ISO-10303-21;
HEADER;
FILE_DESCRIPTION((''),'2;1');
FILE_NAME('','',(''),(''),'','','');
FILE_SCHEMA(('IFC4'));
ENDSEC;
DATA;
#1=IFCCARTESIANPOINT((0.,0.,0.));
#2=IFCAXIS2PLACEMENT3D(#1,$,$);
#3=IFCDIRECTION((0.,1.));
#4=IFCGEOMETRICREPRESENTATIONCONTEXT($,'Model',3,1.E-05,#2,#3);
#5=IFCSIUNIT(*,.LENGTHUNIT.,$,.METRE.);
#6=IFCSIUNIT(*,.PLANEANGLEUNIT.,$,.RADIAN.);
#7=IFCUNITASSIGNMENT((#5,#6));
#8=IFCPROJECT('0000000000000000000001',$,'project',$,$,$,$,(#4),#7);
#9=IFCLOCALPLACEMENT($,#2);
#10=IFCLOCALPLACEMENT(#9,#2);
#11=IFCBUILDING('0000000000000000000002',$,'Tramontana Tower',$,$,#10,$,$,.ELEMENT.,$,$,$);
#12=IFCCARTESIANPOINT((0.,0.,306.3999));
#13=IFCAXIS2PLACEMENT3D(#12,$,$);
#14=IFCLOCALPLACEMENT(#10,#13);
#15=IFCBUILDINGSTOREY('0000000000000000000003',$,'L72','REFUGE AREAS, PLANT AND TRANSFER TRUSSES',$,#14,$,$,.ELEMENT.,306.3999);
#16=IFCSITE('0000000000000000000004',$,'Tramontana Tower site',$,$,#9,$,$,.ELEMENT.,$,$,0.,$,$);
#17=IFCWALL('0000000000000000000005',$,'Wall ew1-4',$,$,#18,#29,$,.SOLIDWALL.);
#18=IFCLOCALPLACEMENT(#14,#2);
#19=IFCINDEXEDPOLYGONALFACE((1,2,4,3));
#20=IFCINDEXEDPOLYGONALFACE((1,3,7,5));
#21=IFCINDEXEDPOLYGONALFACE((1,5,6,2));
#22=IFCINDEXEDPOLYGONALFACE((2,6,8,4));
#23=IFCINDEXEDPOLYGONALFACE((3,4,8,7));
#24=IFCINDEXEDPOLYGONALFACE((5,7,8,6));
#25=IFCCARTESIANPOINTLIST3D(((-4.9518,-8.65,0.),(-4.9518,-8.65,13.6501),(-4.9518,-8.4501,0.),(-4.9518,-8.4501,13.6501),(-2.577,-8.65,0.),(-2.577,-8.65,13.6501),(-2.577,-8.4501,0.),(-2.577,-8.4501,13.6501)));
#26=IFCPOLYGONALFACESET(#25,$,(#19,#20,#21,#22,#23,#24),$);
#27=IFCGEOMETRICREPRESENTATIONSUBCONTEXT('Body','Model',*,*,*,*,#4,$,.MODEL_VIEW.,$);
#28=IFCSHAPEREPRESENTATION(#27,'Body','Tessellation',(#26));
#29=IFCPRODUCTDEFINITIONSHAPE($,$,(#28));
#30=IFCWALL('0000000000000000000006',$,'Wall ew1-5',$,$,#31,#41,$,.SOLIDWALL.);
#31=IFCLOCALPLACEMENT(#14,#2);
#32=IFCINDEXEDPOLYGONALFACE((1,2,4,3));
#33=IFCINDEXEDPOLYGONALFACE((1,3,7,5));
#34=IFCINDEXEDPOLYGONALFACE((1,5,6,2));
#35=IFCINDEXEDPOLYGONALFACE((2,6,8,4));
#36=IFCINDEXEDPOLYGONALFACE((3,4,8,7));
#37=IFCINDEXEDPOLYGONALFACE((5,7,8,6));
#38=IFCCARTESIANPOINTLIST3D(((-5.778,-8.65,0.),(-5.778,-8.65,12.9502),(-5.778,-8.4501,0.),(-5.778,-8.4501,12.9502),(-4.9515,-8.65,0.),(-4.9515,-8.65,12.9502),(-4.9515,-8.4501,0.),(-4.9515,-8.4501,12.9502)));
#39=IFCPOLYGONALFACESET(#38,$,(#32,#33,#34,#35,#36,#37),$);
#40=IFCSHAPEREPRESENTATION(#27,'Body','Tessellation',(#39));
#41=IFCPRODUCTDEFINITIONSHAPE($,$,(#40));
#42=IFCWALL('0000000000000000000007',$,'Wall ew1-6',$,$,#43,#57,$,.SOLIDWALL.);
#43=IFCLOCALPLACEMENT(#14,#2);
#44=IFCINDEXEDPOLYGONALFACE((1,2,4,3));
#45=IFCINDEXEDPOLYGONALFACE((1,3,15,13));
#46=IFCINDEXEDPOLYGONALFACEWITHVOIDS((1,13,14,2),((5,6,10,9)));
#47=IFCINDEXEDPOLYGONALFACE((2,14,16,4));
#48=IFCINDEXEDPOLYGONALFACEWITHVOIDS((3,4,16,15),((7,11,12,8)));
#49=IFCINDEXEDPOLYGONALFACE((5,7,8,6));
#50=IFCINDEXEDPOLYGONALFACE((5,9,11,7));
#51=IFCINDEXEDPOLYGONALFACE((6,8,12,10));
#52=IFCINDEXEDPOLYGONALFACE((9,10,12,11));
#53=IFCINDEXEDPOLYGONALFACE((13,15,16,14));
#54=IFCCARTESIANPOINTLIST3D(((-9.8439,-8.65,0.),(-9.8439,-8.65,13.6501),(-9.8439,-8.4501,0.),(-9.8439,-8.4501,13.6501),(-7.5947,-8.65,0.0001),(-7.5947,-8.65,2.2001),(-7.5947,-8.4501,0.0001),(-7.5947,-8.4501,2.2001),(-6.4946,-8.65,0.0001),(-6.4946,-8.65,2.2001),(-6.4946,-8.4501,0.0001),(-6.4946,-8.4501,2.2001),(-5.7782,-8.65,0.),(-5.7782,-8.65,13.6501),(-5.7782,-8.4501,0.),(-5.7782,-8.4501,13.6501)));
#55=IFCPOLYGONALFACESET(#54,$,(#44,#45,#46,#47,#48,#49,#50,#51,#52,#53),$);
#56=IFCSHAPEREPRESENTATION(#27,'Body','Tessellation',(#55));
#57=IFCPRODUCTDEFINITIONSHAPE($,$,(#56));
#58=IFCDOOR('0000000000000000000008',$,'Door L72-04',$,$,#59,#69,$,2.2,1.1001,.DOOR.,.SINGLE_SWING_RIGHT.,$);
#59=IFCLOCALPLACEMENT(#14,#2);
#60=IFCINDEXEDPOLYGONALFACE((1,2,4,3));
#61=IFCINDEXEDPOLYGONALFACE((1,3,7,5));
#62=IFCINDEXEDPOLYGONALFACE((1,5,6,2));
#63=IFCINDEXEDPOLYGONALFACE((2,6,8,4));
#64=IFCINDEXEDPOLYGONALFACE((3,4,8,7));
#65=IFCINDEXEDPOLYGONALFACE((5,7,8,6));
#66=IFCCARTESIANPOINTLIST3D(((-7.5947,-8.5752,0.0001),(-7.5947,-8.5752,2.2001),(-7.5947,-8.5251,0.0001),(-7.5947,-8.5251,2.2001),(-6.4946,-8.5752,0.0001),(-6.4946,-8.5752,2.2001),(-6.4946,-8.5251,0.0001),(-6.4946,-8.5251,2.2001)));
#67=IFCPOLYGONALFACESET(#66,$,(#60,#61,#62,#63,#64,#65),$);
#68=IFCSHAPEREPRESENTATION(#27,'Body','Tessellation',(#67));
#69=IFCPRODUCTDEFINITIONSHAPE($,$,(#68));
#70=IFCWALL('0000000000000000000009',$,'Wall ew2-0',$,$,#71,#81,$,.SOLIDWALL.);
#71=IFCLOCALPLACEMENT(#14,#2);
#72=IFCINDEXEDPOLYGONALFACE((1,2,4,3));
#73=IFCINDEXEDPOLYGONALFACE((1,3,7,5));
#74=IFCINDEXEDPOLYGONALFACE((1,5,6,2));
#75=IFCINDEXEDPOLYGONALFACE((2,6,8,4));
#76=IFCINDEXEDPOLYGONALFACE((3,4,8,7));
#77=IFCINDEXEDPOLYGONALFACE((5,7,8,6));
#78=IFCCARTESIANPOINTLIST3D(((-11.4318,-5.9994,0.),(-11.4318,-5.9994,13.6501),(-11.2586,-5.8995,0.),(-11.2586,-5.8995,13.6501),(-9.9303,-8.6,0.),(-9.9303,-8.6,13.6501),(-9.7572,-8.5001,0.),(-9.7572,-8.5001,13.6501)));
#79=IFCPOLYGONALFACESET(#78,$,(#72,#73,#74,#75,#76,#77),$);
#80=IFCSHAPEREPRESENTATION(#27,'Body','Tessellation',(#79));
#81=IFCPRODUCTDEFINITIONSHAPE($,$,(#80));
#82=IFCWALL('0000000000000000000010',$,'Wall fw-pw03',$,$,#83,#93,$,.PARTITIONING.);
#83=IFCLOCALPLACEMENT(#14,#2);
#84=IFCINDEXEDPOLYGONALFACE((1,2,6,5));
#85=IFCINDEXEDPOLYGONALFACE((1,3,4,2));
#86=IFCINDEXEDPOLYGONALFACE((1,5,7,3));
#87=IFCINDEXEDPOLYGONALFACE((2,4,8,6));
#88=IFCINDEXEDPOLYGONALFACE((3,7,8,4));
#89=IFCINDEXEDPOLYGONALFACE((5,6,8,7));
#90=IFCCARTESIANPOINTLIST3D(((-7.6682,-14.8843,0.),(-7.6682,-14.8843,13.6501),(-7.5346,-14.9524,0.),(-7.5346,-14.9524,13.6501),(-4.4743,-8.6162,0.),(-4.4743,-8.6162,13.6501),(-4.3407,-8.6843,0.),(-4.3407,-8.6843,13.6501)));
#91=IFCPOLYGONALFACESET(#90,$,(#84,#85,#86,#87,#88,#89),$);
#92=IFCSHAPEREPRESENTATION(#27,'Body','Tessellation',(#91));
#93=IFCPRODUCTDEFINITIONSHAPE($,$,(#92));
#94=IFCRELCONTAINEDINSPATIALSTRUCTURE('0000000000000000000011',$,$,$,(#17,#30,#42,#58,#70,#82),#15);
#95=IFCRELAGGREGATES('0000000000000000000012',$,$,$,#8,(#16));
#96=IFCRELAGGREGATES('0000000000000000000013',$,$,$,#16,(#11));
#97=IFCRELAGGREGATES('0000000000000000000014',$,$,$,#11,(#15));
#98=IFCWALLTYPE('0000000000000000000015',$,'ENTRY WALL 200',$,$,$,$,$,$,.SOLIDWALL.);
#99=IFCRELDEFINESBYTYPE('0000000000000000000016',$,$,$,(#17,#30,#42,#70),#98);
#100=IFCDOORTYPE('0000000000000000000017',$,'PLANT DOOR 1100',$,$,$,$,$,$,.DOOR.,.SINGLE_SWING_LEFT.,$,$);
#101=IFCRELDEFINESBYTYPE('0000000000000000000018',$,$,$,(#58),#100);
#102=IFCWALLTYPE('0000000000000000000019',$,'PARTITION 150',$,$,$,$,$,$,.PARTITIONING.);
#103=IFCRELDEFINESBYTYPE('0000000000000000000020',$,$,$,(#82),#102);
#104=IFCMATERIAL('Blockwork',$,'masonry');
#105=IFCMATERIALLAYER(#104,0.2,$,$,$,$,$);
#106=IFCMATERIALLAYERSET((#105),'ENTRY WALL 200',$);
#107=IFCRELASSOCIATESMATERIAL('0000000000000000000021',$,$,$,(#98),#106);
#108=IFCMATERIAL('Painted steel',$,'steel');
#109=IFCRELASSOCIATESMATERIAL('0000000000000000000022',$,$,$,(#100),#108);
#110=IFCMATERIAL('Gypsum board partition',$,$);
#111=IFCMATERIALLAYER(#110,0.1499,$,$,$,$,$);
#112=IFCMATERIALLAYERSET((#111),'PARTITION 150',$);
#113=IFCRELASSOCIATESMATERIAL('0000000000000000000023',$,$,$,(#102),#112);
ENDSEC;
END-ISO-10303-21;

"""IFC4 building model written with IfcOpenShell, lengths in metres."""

from ifc_helpers import new_model, si_unit, direction, frame, frame_2d, origin, place, context, subcontext, project, spatial, rectangle, extrude, material, layer, layer_set, type_object, element, fill, save


model = new_model("IFC4")

# Units and contexts
model_context = context("Model", 3, precision=1e-05, world=origin(), true_north=direction((0.0, 1.0)))
body_context = subcontext(model_context, "Body", "Model", "MODEL_VIEW")
ifc_project = project(units=[si_unit("LENGTHUNIT", "METRE"), si_unit("PLANEANGLEUNIT", "RADIAN")], contexts=[model_context])

# Site, building, storey
site_placement = place(None, origin())
site = spatial("IfcSite", under=ifc_project, at=site_placement, Name="Tramontana Tower site", CompositionType="ELEMENT", RefElevation=0.0)
building_placement = place(site_placement, origin())
building = spatial("IfcBuilding", under=site, at=building_placement, Name="Tramontana Tower", CompositionType="ELEMENT")
storey_placement = place(building_placement, frame((0.0, 0.0, 306.3999)))
storey = spatial("IfcBuildingStorey", under=building, at=storey_placement, Name="L72", Description="REFUGE AREAS, PLANT AND TRANSFER TRUSSES", CompositionType="ELEMENT", Elevation=306.3999)

# Walls
ifc_material_1 = material(Name="Blockwork", Category="masonry")
ifc_layer_1 = layer(ifc_material_1, 0.2)
ifc_layer_set_1 = layer_set([ifc_layer_1], Name="ENTRY WALL 200")
wall_type_1 = type_object("IfcWallType", Name="ENTRY WALL 200", PredefinedType="SOLIDWALL", material=ifc_layer_set_1)
wall_1_placement = place(storey_placement, frame((-2.5769, -8.55, 0.0), z_axis=(0.0, 0.0, 1.0), x_axis=(-1.0, 0.0, 0.0)))
element("IfcWall", 1, at=wall_1_placement, inside=storey, type_object=wall_type_1, Name="Wall ew1-4", PredefinedType="SOLIDWALL", context=body_context, shape_type="SweptSolid", body=[
    extrude(rectangle(XDim=2.3748, YDim=0.2, at=frame_2d((1.1875, 0.0))), origin(), (0.0, 0.0, 1.0), 13.6501),
])
wall_2_placement = place(storey_placement, frame((-4.9517, -8.55, 0.0), z_axis=(0.0, 0.0, 1.0), x_axis=(-1.0, 0.0, 0.0)))
element("IfcWall", 2, at=wall_2_placement, inside=storey, type_object=wall_type_1, Name="Wall ew1-5", PredefinedType="SOLIDWALL", context=body_context, shape_type="SweptSolid", body=[
    extrude(rectangle(XDim=0.8264, YDim=0.2, at=frame_2d((0.4131, 0.0))), origin(), (0.0, 0.0, 1.0), 12.9502),
])

# Wall, opening, door
wall_3_placement = place(storey_placement, frame((-9.8438, -8.55, 0.0), z_axis=(0.0, 0.0, 1.0), x_axis=(1.0, 0.0, 0.0)))
wall_3 = element("IfcWall", 3, at=wall_3_placement, inside=storey, type_object=wall_type_1, Name="Wall ew1-6", PredefinedType="SOLIDWALL", context=body_context, shape_type="SweptSolid", body=[
    extrude(rectangle(XDim=4.0657, YDim=0.2, at=frame_2d((2.0327, 0.0))), origin(), (0.0, 0.0, 1.0), 13.6501),
])
opening_placement = place(wall_3_placement, frame((2.249, 0.0, 0.0)))
opening = element("IfcOpeningElement", 4, at=opening_placement, cuts=wall_3, PredefinedType="OPENING", context=body_context, shape_type="SweptSolid", body=[
    extrude(rectangle(XDim=1.1001, YDim=2.2, at=frame_2d((0.55, 1.1001))), frame((0.0, 0.1099, 0.0), z_axis=(0.0, -1.0, 0.0), x_axis=(1.0, 0.0, 0.0)), (0.0, 0.0, 1.0), 0.22),
])
ifc_material_2 = material(Name="Painted steel", Category="steel")
door_type = type_object("IfcDoorType", Name="PLANT DOOR 1100", OperationType="SINGLE_SWING_LEFT", PredefinedType="DOOR", material=ifc_material_2)
door_placement = place(opening_placement, origin())
door = element("IfcDoor", 5, at=door_placement, inside=storey, type_object=door_type, Name="Door L72-04", OperationType="SINGLE_SWING_RIGHT", OverallHeight=2.2, OverallWidth=1.1001, PredefinedType="DOOR", context=body_context, shape_type="SweptSolid", body=[
    extrude(rectangle(XDim=1.1001, YDim=2.2, at=frame_2d((0.55, 1.1001))), frame((0.0, 0.0249, 0.0), z_axis=(0.0, -1.0, 0.0), x_axis=(1.0, 0.0, 0.0)), (0.0, 0.0, 1.0), 0.05),
])
fill(opening, door)

# Walls
wall_4_placement = place(storey_placement, frame((-9.8438, -8.55, 0.0), z_axis=(0.0, 0.0, 1.0), x_axis=(-0.500004, 0.866023, 0.0)))
element("IfcWall", 6, at=wall_4_placement, inside=storey, type_object=wall_type_1, Name="Wall ew2-0", PredefinedType="SOLIDWALL", context=body_context, shape_type="SweptSolid", body=[
    extrude(rectangle(XDim=3.0029, YDim=0.2, at=frame_2d((1.5015, 0.0))), origin(), (0.0, 0.0, 1.0), 13.6501),
])
ifc_material_3 = material(Name="Gypsum board partition")
ifc_layer_2 = layer(ifc_material_3, 0.1499)
ifc_layer_set_2 = layer_set([ifc_layer_2], Name="PARTITION 150")
wall_type_2 = type_object("IfcWallType", Name="PARTITION 150", PredefinedType="PARTITIONING", material=ifc_layer_set_2)
wall_5_placement = place(storey_placement, frame((-4.4075, -8.6501, 0.0), z_axis=(0.0, 0.0, 1.0), x_axis=(-0.454003, -0.891, 0.0)))
element("IfcWall", 7, at=wall_5_placement, inside=storey, type_object=wall_type_2, Name="Wall fw-pw03", PredefinedType="PARTITIONING", context=body_context, shape_type="SweptSolid", body=[
    extrude(rectangle(XDim=7.0349, YDim=0.1499, at=frame_2d((3.5176, 0.0))), origin(), (0.0, 0.0, 1.0), 13.6501),
])

save(model, "model.ifc")
